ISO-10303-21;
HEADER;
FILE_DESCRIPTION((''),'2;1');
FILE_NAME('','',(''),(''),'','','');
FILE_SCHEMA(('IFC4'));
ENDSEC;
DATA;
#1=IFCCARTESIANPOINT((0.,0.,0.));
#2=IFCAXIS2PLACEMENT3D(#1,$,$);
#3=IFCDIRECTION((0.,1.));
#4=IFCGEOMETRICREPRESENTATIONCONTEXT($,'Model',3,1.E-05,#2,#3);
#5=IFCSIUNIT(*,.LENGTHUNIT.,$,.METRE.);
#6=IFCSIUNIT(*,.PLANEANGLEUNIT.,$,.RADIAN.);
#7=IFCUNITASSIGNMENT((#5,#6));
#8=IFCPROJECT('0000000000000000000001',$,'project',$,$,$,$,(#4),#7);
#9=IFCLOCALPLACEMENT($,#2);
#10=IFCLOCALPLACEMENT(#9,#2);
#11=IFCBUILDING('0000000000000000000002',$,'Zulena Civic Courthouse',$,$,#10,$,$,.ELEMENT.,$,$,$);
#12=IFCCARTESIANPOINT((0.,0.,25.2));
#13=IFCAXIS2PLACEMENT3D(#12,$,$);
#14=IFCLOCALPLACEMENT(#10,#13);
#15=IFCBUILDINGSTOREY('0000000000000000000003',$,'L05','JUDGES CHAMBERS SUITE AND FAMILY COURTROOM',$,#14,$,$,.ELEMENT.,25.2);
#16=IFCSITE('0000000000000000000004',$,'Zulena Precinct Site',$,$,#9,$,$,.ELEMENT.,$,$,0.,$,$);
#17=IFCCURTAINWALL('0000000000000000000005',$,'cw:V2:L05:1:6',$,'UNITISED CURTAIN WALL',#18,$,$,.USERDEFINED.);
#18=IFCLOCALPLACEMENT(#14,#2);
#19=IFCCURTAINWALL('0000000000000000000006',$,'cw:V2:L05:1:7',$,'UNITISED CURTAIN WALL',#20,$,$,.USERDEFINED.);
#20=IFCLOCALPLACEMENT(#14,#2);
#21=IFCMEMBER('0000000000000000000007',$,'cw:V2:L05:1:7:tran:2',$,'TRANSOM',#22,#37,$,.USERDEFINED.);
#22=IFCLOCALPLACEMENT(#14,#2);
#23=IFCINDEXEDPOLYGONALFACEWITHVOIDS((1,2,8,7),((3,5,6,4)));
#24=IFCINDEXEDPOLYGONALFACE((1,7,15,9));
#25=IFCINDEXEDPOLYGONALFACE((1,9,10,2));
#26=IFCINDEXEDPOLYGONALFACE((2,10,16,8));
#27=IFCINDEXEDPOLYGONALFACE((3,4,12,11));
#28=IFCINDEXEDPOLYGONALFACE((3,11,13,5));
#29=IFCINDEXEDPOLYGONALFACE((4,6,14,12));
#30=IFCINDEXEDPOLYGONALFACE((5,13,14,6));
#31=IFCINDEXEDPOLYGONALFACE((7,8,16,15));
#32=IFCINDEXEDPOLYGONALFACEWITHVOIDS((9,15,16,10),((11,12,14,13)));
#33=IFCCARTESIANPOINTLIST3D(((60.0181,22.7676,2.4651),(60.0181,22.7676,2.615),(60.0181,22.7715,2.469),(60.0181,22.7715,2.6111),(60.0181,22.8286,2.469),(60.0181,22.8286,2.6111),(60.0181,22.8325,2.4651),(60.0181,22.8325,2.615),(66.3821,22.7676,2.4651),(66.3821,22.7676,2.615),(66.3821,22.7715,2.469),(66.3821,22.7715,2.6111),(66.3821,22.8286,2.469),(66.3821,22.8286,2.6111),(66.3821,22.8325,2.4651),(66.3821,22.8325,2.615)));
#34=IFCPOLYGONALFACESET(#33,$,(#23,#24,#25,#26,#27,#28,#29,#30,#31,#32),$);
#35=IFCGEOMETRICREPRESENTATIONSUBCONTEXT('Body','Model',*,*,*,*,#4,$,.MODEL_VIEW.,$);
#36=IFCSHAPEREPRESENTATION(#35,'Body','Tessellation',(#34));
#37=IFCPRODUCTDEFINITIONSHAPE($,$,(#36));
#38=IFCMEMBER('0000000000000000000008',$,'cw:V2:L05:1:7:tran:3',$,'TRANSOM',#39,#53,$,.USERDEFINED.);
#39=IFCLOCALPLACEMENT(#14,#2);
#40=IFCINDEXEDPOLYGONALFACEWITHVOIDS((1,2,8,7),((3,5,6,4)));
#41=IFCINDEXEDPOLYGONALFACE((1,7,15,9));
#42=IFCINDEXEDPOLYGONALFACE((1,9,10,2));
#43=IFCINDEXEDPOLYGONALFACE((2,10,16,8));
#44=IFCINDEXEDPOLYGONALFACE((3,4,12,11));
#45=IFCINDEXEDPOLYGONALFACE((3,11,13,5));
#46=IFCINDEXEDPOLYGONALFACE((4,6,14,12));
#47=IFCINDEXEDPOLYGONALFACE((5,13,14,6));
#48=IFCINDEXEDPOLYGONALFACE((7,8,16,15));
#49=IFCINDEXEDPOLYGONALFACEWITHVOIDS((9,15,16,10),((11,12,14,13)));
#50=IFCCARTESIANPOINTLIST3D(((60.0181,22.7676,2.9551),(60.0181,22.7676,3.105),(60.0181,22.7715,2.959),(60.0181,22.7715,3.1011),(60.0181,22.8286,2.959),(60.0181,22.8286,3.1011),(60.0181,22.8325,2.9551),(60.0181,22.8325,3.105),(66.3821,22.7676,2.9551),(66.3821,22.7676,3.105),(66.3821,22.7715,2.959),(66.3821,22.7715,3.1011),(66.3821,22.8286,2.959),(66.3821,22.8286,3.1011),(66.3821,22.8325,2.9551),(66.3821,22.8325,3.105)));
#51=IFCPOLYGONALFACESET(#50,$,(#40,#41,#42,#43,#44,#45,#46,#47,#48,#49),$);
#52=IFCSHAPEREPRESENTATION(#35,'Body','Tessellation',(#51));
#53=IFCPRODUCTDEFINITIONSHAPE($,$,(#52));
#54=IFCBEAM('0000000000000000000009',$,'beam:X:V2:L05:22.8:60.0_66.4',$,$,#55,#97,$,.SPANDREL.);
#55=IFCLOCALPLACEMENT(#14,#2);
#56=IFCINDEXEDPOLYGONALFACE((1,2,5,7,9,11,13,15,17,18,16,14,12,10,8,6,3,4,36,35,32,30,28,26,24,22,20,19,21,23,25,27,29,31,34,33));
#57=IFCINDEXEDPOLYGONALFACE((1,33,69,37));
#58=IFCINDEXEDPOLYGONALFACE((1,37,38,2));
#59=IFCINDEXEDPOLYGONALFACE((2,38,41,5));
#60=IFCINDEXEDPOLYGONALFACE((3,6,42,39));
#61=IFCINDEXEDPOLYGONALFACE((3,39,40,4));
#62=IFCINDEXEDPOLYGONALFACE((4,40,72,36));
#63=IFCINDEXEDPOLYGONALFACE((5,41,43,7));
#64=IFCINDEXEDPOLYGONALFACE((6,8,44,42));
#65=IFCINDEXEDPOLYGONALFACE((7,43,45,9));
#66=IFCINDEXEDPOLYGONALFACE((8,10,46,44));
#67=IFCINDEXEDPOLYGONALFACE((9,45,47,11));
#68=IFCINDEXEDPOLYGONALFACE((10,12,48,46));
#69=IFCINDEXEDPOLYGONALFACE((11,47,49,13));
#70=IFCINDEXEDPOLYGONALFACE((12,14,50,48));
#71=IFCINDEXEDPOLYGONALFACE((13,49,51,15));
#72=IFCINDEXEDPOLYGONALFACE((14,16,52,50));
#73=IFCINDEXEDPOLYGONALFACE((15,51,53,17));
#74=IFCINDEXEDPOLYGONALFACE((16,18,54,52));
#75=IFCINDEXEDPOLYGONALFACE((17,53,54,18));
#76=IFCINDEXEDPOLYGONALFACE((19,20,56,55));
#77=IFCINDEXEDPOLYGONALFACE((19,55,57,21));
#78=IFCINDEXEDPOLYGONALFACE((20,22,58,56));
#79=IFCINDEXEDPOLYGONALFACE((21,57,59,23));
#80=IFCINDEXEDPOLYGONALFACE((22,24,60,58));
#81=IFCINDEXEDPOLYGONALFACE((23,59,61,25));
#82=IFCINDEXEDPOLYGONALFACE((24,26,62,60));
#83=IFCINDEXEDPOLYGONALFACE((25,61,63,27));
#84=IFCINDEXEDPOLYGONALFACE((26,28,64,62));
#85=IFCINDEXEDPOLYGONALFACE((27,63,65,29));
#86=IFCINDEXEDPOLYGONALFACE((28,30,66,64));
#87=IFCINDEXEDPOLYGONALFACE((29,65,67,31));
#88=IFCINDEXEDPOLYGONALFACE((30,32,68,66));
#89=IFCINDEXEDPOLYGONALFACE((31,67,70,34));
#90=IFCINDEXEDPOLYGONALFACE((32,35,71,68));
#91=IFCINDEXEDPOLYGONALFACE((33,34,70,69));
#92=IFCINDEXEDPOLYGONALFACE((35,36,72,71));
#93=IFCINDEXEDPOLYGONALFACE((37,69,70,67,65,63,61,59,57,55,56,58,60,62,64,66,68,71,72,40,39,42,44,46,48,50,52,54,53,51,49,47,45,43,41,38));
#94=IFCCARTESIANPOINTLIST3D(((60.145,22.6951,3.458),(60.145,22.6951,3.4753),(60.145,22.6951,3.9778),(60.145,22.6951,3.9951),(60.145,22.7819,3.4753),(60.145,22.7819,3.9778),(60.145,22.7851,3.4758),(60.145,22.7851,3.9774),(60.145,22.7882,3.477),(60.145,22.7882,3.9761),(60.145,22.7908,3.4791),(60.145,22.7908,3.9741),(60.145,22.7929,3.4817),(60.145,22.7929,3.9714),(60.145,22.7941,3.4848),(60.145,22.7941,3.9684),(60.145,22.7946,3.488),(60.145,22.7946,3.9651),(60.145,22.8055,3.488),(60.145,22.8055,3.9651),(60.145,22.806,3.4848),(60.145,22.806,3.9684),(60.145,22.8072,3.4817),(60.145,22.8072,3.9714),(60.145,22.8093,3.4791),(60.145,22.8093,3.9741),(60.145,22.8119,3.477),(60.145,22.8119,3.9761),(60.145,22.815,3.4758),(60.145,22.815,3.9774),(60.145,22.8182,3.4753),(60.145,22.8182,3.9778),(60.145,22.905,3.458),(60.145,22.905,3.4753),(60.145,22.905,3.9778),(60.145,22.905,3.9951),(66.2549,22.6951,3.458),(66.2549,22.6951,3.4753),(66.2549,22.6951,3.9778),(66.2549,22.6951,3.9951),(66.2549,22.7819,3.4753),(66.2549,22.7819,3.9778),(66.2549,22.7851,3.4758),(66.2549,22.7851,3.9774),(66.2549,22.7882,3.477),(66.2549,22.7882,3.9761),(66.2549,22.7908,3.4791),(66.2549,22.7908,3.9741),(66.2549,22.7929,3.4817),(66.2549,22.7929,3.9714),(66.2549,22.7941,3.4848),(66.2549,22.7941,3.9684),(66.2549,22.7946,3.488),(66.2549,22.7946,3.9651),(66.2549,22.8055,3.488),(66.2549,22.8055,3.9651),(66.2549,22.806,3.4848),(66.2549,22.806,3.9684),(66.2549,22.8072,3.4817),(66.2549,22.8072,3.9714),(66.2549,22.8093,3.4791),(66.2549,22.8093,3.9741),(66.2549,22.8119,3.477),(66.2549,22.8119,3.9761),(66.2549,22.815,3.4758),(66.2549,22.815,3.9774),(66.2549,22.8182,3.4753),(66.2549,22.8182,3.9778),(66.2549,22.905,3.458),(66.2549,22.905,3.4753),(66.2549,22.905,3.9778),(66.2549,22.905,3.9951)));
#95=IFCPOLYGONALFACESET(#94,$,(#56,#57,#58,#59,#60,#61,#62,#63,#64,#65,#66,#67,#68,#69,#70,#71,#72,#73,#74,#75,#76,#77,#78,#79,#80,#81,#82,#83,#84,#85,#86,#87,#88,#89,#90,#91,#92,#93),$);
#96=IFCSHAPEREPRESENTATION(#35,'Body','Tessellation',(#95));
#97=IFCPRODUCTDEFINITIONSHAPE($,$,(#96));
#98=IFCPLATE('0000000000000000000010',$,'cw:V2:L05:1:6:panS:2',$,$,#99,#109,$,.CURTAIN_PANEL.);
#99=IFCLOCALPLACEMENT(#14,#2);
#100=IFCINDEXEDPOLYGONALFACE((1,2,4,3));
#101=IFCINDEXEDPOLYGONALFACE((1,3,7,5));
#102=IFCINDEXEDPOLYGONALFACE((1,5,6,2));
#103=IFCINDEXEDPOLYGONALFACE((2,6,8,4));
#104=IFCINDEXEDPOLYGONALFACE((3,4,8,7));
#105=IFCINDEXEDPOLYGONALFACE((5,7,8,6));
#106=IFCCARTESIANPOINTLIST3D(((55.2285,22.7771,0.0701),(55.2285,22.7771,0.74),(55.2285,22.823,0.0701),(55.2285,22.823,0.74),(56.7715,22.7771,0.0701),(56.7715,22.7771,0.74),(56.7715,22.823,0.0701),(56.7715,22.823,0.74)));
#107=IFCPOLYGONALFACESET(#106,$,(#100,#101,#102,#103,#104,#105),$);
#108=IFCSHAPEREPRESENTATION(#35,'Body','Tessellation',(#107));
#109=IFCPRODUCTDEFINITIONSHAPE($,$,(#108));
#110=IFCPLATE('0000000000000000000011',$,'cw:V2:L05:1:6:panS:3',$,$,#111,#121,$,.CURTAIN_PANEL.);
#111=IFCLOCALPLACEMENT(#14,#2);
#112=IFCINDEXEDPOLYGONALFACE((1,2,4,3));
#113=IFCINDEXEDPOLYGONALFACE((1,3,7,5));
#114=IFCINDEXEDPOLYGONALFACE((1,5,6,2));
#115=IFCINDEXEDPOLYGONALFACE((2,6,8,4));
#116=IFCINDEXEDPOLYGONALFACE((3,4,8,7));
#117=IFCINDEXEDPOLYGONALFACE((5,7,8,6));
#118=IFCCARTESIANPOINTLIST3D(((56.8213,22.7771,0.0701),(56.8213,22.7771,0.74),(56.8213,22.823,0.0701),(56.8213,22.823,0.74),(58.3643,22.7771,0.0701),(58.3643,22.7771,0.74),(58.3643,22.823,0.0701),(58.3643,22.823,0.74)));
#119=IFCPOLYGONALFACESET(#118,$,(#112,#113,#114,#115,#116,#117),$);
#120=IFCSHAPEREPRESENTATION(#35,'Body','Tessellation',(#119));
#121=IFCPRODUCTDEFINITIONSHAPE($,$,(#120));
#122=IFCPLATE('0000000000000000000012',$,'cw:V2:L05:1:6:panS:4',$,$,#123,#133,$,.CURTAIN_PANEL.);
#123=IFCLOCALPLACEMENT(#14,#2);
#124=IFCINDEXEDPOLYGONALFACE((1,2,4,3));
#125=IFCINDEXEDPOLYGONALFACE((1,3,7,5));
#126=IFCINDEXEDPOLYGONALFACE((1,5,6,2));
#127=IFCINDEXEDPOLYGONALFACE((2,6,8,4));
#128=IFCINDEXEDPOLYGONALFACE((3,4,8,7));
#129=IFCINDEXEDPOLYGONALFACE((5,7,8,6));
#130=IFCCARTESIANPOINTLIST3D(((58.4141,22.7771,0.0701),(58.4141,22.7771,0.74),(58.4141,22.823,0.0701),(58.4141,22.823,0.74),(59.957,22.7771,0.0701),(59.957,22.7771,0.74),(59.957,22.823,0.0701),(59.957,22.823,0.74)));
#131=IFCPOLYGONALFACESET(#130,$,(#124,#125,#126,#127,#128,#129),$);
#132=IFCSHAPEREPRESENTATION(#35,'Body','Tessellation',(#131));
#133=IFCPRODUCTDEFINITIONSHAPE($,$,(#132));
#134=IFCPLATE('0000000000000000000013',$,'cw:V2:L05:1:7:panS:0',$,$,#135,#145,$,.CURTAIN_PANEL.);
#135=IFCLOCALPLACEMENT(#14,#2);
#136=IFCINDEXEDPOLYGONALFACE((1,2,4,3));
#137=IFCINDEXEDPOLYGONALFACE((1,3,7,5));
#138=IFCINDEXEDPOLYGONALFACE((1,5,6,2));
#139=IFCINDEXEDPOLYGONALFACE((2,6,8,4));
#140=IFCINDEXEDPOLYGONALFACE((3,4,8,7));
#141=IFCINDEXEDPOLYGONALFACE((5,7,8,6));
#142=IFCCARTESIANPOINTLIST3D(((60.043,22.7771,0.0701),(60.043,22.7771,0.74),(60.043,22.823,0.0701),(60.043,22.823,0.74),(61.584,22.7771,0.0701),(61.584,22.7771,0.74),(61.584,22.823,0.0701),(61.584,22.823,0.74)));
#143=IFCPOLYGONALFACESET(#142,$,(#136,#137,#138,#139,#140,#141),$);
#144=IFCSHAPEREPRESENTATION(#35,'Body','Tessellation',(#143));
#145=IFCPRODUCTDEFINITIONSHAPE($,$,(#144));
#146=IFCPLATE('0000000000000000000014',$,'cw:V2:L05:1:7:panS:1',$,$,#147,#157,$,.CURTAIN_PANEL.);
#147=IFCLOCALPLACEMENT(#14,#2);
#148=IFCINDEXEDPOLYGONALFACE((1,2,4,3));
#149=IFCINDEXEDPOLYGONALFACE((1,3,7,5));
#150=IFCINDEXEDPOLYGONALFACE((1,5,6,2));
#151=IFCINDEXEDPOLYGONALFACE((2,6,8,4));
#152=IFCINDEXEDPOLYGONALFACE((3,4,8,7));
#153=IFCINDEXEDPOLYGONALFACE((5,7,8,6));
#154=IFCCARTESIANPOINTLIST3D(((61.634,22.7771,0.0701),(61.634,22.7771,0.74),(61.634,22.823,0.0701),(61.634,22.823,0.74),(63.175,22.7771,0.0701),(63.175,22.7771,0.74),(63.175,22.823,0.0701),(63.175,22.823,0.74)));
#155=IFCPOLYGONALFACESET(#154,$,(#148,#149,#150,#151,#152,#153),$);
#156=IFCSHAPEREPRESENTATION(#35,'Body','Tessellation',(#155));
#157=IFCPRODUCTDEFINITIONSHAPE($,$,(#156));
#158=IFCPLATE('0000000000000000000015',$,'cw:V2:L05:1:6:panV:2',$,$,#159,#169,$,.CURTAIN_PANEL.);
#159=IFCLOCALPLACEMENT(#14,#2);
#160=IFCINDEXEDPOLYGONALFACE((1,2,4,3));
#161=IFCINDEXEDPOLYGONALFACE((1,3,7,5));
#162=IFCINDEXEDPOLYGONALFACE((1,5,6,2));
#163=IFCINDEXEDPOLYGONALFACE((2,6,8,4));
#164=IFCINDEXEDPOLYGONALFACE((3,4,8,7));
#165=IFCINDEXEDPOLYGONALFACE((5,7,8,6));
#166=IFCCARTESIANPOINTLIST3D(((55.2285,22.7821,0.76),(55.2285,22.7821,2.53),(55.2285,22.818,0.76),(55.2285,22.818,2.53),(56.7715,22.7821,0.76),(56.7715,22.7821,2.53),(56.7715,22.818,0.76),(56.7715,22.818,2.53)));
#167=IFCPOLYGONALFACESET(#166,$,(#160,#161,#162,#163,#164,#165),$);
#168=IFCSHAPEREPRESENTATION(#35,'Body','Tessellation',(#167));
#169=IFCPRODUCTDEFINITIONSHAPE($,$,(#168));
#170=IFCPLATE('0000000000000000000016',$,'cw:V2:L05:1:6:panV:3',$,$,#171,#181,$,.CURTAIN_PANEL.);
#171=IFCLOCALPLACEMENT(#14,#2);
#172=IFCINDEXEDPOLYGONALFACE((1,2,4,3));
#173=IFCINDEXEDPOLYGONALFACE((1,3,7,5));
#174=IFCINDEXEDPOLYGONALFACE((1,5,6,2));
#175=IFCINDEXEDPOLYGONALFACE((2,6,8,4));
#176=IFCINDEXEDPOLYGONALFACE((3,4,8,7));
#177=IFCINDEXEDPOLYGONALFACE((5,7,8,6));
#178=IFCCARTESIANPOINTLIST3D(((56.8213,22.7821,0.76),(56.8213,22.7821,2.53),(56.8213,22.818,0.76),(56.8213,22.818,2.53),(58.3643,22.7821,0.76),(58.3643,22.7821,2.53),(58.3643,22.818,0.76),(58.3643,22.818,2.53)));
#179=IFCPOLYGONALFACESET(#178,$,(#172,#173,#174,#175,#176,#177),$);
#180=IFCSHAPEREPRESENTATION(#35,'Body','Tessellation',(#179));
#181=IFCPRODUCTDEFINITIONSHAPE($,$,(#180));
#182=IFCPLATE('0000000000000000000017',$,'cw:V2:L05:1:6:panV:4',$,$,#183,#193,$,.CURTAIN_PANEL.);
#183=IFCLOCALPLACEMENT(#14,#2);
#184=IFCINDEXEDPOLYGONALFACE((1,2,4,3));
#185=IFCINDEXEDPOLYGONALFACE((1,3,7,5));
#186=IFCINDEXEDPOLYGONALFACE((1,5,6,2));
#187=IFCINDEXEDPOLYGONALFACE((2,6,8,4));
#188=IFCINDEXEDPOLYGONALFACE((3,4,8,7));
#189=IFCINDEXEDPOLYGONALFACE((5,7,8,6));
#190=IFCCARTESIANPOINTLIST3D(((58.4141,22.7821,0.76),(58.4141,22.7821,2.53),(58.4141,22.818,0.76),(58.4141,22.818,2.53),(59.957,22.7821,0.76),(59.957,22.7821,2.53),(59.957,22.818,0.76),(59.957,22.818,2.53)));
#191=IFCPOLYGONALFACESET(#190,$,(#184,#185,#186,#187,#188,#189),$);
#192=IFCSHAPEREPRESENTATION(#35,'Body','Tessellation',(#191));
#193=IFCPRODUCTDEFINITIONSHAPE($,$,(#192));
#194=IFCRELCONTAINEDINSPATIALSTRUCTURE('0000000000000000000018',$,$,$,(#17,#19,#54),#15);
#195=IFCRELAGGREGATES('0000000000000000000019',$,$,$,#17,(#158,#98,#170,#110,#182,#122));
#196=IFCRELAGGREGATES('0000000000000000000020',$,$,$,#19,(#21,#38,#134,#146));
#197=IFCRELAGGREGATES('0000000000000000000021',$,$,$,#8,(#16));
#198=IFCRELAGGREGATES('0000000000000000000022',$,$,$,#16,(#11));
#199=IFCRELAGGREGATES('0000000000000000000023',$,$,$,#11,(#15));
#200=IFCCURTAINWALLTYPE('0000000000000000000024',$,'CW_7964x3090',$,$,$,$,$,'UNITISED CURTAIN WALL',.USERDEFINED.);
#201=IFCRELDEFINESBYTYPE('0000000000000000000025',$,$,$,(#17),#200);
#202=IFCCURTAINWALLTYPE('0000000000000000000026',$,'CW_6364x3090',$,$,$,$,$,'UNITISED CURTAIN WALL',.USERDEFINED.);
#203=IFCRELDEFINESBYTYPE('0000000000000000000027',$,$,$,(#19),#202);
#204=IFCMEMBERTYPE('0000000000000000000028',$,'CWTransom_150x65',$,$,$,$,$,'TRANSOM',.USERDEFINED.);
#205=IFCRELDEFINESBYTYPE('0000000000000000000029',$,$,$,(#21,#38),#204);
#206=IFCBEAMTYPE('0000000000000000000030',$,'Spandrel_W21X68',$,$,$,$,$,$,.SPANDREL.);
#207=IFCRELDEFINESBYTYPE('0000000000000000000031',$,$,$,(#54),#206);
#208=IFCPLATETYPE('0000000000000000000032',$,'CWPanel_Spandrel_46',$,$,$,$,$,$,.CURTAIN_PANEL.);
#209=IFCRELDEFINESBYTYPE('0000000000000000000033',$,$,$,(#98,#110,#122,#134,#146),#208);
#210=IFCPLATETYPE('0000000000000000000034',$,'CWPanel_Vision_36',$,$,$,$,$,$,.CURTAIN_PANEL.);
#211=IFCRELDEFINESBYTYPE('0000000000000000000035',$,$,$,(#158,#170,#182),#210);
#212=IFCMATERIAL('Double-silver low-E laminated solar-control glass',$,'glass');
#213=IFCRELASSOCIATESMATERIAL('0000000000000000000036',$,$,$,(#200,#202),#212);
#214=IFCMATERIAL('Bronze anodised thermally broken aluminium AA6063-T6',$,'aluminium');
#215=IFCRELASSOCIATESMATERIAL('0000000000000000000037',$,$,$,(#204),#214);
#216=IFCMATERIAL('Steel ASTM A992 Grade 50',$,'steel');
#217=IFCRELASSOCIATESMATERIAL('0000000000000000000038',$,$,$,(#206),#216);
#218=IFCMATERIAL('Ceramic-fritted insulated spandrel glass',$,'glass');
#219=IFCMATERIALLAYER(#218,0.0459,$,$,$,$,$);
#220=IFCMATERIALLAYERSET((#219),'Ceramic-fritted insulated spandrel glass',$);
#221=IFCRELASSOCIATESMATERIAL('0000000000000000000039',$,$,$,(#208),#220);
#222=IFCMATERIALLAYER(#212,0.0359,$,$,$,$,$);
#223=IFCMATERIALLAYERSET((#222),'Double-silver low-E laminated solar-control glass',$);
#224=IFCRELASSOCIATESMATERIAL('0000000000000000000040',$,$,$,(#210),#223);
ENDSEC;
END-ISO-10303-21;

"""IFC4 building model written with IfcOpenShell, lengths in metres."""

from ifc_helpers import new_model, si_unit, direction, frame, origin, origin_2d, place, context, subcontext, project, spatial, rectangle, hollow_rectangle, i_section, extrude, material, layer, layer_set, material_profile, profile_set, type_object, element, aggregate, save


model = new_model("IFC4")

# Units and contexts
model_context = context("Model", 3, precision=1e-05, world=origin(), true_north=direction((0.0, 1.0)))
body_context = subcontext(model_context, "Body", "Model", "MODEL_VIEW")
ifc_project = project(units=[si_unit("LENGTHUNIT", "METRE"), si_unit("PLANEANGLEUNIT", "RADIAN")], contexts=[model_context])

# Site, building, storey
site_placement = place(None, origin())
site = spatial("IfcSite", under=ifc_project, at=site_placement, Name="Zulena Precinct Site", CompositionType="ELEMENT", RefElevation=0.0)
building_placement = place(site_placement, origin())
building = spatial("IfcBuilding", under=site, at=building_placement, Name="Zulena Civic Courthouse", CompositionType="ELEMENT")
storey_placement = place(building_placement, frame((0.0, 0.0, 25.2)))
storey = spatial("IfcBuildingStorey", under=building, at=storey_placement, Name="L05", Description="JUDGES CHAMBERS SUITE AND FAMILY COURTROOM", CompositionType="ELEMENT", Elevation=25.2)

# Shared definitions
ifc_material_1 = material(Name="Steel ASTM A992 Grade 50", Category="steel")

# Curtain walls, members
ifc_material_2 = material(Name="Double-silver low-E laminated solar-control glass", Category="glass")
curtain_wall_type_1 = type_object("IfcCurtainWallType", Name="CW_7964x3090", ElementType="UNITISED CURTAIN WALL", PredefinedType="USERDEFINED", material=ifc_material_2)
curtain_wall_1_placement = place(storey_placement, origin())
curtain_wall_1 = element("IfcCurtainWall", 1, at=curtain_wall_1_placement, inside=storey, type_object=curtain_wall_type_1, Name="cw:V2:L05:1:6", ObjectType="UNITISED CURTAIN WALL", PredefinedType="USERDEFINED")
ifc_material_3 = material(Name="Bronze anodised thermally broken aluminium AA6063-T6", Category="aluminium")
curtain_wall_type_2 = type_object("IfcCurtainWallType", Name="CW_6364x3090", ElementType="UNITISED CURTAIN WALL", PredefinedType="USERDEFINED", material=ifc_material_2)
curtain_wall_2_placement = place(storey_placement, origin())
curtain_wall_2 = element("IfcCurtainWall", 2, at=curtain_wall_2_placement, inside=storey, type_object=curtain_wall_type_2, Name="cw:V2:L05:1:7", ObjectType="UNITISED CURTAIN WALL", PredefinedType="USERDEFINED")
ifc_material_profile_1 = material_profile(ifc_material_3, hollow_rectangle(XDim=0.0649, YDim=0.1499, WallThickness=0.0039, at=origin_2d()), Name="CWT150X65X4")
ifc_profile_set_1 = profile_set([ifc_material_profile_1], Name="Bronze anodised thermally broken aluminium AA6063-T6")
member_type_1 = type_object("IfcMemberType", Name="CWTransom_150x65", ElementType="TRANSOM", PredefinedType="USERDEFINED", material=ifc_profile_set_1)
member_1_placement = place(storey_placement, frame((60.0181, 22.8, 2.54), z_axis=(1.0, 0.0, 0.0), x_axis=(0.0, 1.0, 0.0)))
member_1 = element("IfcMember", 3, at=member_1_placement, type_object=member_type_1, Name="cw:V2:L05:1:7:tran:2", ObjectType="TRANSOM", PredefinedType="USERDEFINED", context=body_context, shape_type="SweptSolid", body=[
    extrude(hollow_rectangle(XDim=0.0649, YDim=0.1499, WallThickness=0.0039, at=origin_2d()), origin(), (0.0, 0.0, 1.0), 6.364),
])
member_2_placement = place(storey_placement, frame((60.0181, 22.8, 3.03), z_axis=(1.0, 0.0, 0.0), x_axis=(0.0, 1.0, 0.0)))
member_2 = element("IfcMember", 4, at=member_2_placement, type_object=member_type_1, Name="cw:V2:L05:1:7:tran:3", ObjectType="TRANSOM", PredefinedType="USERDEFINED", context=body_context, shape_type="SweptSolid", body=[
    extrude(hollow_rectangle(XDim=0.0649, YDim=0.1499, WallThickness=0.0039, at=origin_2d()), origin(), (0.0, 0.0, 1.0), 6.364),
])

# Beam
ifc_material_profile_2 = material_profile(ifc_material_1, i_section(OverallWidth=0.21, OverallDepth=0.5371, WebThickness=0.011, FlangeThickness=0.0173, FilletRadius=0.0127, at=origin_2d()), Name="W21X68")
ifc_profile_set_2 = profile_set([ifc_material_profile_2], Name="Steel ASTM A992 Grade 50")
beam_type = type_object("IfcBeamType", Name="Spandrel_W21X68", PredefinedType="SPANDREL", material=ifc_profile_set_2)
beam_placement = place(storey_placement, frame((60.145, 22.8, 3.7266), z_axis=(1.0, 0.0, 0.0), x_axis=(0.0, 1.0, 0.0)))
element("IfcBeam", 5, at=beam_placement, inside=storey, type_object=beam_type, Name="beam:X:V2:L05:22.8:60.0_66.4", PredefinedType="SPANDREL", context=body_context, shape_type="SweptSolid", body=[
    extrude(i_section(OverallWidth=0.21, OverallDepth=0.5371, WebThickness=0.011, FlangeThickness=0.0173, FilletRadius=0.0127, at=origin_2d()), origin(), (0.0, 0.0, 1.0), 6.1099),
])

# Plates
ifc_material_4 = material(Name="Ceramic-fritted insulated spandrel glass", Category="glass")
ifc_layer_1 = layer(ifc_material_4, 0.0459)
ifc_layer_set_1 = layer_set([ifc_layer_1], Name="Ceramic-fritted insulated spandrel glass")
plate_type_1 = type_object("IfcPlateType", Name="CWPanel_Spandrel_46", PredefinedType="CURTAIN_PANEL", material=ifc_layer_set_1)
plate_1_placement = place(storey_placement, frame((56.0, 22.8, 0.0701), z_axis=(0.0, 0.0, 1.0), x_axis=(1.0, 0.0, 0.0)))
plate_1 = element("IfcPlate", 6, at=plate_1_placement, type_object=plate_type_1, Name="cw:V2:L05:1:6:panS:2", PredefinedType="CURTAIN_PANEL", context=body_context, shape_type="SweptSolid", body=[
    extrude(rectangle(XDim=1.543, YDim=0.0459, at=origin_2d()), origin(), (0.0, 0.0, 1.0), 0.6699),
])
plate_2_placement = place(storey_placement, frame((57.5928, 22.8, 0.0701), z_axis=(0.0, 0.0, 1.0), x_axis=(1.0, 0.0, 0.0)))
plate_2 = element("IfcPlate", 7, at=plate_2_placement, type_object=plate_type_1, Name="cw:V2:L05:1:6:panS:3", PredefinedType="CURTAIN_PANEL", context=body_context, shape_type="SweptSolid", body=[
    extrude(rectangle(XDim=1.543, YDim=0.0459, at=origin_2d()), origin(), (0.0, 0.0, 1.0), 0.6699),
])
plate_3_placement = place(storey_placement, frame((59.1855, 22.8, 0.0701), z_axis=(0.0, 0.0, 1.0), x_axis=(1.0, 0.0, 0.0)))
plate_3 = element("IfcPlate", 8, at=plate_3_placement, type_object=plate_type_1, Name="cw:V2:L05:1:6:panS:4", PredefinedType="CURTAIN_PANEL", context=body_context, shape_type="SweptSolid", body=[
    extrude(rectangle(XDim=1.543, YDim=0.0459, at=origin_2d()), origin(), (0.0, 0.0, 1.0), 0.6699),
])
plate_4_placement = place(storey_placement, frame((60.8135, 22.8, 0.0701), z_axis=(0.0, 0.0, 1.0), x_axis=(1.0, 0.0, 0.0)))
plate_4 = element("IfcPlate", 9, at=plate_4_placement, type_object=plate_type_1, Name="cw:V2:L05:1:7:panS:0", PredefinedType="CURTAIN_PANEL", context=body_context, shape_type="SweptSolid", body=[
    extrude(rectangle(XDim=1.541, YDim=0.0459, at=origin_2d()), origin(), (0.0, 0.0, 1.0), 0.6699),
])
plate_5_placement = place(storey_placement, frame((62.4045, 22.8, 0.0701), z_axis=(0.0, 0.0, 1.0), x_axis=(1.0, 0.0, 0.0)))
plate_5 = element("IfcPlate", 10, at=plate_5_placement, type_object=plate_type_1, Name="cw:V2:L05:1:7:panS:1", PredefinedType="CURTAIN_PANEL", context=body_context, shape_type="SweptSolid", body=[
    extrude(rectangle(XDim=1.541, YDim=0.0459, at=origin_2d()), origin(), (0.0, 0.0, 1.0), 0.6699),
])
ifc_layer_2 = layer(ifc_material_2, 0.0359)
ifc_layer_set_2 = layer_set([ifc_layer_2], Name="Double-silver low-E laminated solar-control glass")
plate_type_2 = type_object("IfcPlateType", Name="CWPanel_Vision_36", PredefinedType="CURTAIN_PANEL", material=ifc_layer_set_2)
plate_6_placement = place(storey_placement, frame((56.0, 22.8, 0.76), z_axis=(0.0, 0.0, 1.0), x_axis=(1.0, 0.0, 0.0)))
plate_6 = element("IfcPlate", 11, at=plate_6_placement, type_object=plate_type_2, Name="cw:V2:L05:1:6:panV:2", PredefinedType="CURTAIN_PANEL", context=body_context, shape_type="SweptSolid", body=[
    extrude(rectangle(XDim=1.543, YDim=0.0359, at=origin_2d()), origin(), (0.0, 0.0, 1.0), 1.77),
])
plate_7_placement = place(storey_placement, frame((57.5928, 22.8, 0.76), z_axis=(0.0, 0.0, 1.0), x_axis=(1.0, 0.0, 0.0)))
plate_7 = element("IfcPlate", 12, at=plate_7_placement, type_object=plate_type_2, Name="cw:V2:L05:1:6:panV:3", PredefinedType="CURTAIN_PANEL", context=body_context, shape_type="SweptSolid", body=[
    extrude(rectangle(XDim=1.543, YDim=0.0359, at=origin_2d()), origin(), (0.0, 0.0, 1.0), 1.77),
])
plate_8_placement = place(storey_placement, frame((59.1855, 22.8, 0.76), z_axis=(0.0, 0.0, 1.0), x_axis=(1.0, 0.0, 0.0)))
plate_8 = element("IfcPlate", 13, at=plate_8_placement, type_object=plate_type_2, Name="cw:V2:L05:1:6:panV:4", PredefinedType="CURTAIN_PANEL", context=body_context, shape_type="SweptSolid", body=[
    extrude(rectangle(XDim=1.543, YDim=0.0359, at=origin_2d()), origin(), (0.0, 0.0, 1.0), 1.77),
])
aggregate(curtain_wall_1, [plate_6, plate_1, plate_7, plate_2, plate_8, plate_3])
aggregate(curtain_wall_2, [member_1, member_2, plate_4, plate_5])

save(model, "model.ifc")
